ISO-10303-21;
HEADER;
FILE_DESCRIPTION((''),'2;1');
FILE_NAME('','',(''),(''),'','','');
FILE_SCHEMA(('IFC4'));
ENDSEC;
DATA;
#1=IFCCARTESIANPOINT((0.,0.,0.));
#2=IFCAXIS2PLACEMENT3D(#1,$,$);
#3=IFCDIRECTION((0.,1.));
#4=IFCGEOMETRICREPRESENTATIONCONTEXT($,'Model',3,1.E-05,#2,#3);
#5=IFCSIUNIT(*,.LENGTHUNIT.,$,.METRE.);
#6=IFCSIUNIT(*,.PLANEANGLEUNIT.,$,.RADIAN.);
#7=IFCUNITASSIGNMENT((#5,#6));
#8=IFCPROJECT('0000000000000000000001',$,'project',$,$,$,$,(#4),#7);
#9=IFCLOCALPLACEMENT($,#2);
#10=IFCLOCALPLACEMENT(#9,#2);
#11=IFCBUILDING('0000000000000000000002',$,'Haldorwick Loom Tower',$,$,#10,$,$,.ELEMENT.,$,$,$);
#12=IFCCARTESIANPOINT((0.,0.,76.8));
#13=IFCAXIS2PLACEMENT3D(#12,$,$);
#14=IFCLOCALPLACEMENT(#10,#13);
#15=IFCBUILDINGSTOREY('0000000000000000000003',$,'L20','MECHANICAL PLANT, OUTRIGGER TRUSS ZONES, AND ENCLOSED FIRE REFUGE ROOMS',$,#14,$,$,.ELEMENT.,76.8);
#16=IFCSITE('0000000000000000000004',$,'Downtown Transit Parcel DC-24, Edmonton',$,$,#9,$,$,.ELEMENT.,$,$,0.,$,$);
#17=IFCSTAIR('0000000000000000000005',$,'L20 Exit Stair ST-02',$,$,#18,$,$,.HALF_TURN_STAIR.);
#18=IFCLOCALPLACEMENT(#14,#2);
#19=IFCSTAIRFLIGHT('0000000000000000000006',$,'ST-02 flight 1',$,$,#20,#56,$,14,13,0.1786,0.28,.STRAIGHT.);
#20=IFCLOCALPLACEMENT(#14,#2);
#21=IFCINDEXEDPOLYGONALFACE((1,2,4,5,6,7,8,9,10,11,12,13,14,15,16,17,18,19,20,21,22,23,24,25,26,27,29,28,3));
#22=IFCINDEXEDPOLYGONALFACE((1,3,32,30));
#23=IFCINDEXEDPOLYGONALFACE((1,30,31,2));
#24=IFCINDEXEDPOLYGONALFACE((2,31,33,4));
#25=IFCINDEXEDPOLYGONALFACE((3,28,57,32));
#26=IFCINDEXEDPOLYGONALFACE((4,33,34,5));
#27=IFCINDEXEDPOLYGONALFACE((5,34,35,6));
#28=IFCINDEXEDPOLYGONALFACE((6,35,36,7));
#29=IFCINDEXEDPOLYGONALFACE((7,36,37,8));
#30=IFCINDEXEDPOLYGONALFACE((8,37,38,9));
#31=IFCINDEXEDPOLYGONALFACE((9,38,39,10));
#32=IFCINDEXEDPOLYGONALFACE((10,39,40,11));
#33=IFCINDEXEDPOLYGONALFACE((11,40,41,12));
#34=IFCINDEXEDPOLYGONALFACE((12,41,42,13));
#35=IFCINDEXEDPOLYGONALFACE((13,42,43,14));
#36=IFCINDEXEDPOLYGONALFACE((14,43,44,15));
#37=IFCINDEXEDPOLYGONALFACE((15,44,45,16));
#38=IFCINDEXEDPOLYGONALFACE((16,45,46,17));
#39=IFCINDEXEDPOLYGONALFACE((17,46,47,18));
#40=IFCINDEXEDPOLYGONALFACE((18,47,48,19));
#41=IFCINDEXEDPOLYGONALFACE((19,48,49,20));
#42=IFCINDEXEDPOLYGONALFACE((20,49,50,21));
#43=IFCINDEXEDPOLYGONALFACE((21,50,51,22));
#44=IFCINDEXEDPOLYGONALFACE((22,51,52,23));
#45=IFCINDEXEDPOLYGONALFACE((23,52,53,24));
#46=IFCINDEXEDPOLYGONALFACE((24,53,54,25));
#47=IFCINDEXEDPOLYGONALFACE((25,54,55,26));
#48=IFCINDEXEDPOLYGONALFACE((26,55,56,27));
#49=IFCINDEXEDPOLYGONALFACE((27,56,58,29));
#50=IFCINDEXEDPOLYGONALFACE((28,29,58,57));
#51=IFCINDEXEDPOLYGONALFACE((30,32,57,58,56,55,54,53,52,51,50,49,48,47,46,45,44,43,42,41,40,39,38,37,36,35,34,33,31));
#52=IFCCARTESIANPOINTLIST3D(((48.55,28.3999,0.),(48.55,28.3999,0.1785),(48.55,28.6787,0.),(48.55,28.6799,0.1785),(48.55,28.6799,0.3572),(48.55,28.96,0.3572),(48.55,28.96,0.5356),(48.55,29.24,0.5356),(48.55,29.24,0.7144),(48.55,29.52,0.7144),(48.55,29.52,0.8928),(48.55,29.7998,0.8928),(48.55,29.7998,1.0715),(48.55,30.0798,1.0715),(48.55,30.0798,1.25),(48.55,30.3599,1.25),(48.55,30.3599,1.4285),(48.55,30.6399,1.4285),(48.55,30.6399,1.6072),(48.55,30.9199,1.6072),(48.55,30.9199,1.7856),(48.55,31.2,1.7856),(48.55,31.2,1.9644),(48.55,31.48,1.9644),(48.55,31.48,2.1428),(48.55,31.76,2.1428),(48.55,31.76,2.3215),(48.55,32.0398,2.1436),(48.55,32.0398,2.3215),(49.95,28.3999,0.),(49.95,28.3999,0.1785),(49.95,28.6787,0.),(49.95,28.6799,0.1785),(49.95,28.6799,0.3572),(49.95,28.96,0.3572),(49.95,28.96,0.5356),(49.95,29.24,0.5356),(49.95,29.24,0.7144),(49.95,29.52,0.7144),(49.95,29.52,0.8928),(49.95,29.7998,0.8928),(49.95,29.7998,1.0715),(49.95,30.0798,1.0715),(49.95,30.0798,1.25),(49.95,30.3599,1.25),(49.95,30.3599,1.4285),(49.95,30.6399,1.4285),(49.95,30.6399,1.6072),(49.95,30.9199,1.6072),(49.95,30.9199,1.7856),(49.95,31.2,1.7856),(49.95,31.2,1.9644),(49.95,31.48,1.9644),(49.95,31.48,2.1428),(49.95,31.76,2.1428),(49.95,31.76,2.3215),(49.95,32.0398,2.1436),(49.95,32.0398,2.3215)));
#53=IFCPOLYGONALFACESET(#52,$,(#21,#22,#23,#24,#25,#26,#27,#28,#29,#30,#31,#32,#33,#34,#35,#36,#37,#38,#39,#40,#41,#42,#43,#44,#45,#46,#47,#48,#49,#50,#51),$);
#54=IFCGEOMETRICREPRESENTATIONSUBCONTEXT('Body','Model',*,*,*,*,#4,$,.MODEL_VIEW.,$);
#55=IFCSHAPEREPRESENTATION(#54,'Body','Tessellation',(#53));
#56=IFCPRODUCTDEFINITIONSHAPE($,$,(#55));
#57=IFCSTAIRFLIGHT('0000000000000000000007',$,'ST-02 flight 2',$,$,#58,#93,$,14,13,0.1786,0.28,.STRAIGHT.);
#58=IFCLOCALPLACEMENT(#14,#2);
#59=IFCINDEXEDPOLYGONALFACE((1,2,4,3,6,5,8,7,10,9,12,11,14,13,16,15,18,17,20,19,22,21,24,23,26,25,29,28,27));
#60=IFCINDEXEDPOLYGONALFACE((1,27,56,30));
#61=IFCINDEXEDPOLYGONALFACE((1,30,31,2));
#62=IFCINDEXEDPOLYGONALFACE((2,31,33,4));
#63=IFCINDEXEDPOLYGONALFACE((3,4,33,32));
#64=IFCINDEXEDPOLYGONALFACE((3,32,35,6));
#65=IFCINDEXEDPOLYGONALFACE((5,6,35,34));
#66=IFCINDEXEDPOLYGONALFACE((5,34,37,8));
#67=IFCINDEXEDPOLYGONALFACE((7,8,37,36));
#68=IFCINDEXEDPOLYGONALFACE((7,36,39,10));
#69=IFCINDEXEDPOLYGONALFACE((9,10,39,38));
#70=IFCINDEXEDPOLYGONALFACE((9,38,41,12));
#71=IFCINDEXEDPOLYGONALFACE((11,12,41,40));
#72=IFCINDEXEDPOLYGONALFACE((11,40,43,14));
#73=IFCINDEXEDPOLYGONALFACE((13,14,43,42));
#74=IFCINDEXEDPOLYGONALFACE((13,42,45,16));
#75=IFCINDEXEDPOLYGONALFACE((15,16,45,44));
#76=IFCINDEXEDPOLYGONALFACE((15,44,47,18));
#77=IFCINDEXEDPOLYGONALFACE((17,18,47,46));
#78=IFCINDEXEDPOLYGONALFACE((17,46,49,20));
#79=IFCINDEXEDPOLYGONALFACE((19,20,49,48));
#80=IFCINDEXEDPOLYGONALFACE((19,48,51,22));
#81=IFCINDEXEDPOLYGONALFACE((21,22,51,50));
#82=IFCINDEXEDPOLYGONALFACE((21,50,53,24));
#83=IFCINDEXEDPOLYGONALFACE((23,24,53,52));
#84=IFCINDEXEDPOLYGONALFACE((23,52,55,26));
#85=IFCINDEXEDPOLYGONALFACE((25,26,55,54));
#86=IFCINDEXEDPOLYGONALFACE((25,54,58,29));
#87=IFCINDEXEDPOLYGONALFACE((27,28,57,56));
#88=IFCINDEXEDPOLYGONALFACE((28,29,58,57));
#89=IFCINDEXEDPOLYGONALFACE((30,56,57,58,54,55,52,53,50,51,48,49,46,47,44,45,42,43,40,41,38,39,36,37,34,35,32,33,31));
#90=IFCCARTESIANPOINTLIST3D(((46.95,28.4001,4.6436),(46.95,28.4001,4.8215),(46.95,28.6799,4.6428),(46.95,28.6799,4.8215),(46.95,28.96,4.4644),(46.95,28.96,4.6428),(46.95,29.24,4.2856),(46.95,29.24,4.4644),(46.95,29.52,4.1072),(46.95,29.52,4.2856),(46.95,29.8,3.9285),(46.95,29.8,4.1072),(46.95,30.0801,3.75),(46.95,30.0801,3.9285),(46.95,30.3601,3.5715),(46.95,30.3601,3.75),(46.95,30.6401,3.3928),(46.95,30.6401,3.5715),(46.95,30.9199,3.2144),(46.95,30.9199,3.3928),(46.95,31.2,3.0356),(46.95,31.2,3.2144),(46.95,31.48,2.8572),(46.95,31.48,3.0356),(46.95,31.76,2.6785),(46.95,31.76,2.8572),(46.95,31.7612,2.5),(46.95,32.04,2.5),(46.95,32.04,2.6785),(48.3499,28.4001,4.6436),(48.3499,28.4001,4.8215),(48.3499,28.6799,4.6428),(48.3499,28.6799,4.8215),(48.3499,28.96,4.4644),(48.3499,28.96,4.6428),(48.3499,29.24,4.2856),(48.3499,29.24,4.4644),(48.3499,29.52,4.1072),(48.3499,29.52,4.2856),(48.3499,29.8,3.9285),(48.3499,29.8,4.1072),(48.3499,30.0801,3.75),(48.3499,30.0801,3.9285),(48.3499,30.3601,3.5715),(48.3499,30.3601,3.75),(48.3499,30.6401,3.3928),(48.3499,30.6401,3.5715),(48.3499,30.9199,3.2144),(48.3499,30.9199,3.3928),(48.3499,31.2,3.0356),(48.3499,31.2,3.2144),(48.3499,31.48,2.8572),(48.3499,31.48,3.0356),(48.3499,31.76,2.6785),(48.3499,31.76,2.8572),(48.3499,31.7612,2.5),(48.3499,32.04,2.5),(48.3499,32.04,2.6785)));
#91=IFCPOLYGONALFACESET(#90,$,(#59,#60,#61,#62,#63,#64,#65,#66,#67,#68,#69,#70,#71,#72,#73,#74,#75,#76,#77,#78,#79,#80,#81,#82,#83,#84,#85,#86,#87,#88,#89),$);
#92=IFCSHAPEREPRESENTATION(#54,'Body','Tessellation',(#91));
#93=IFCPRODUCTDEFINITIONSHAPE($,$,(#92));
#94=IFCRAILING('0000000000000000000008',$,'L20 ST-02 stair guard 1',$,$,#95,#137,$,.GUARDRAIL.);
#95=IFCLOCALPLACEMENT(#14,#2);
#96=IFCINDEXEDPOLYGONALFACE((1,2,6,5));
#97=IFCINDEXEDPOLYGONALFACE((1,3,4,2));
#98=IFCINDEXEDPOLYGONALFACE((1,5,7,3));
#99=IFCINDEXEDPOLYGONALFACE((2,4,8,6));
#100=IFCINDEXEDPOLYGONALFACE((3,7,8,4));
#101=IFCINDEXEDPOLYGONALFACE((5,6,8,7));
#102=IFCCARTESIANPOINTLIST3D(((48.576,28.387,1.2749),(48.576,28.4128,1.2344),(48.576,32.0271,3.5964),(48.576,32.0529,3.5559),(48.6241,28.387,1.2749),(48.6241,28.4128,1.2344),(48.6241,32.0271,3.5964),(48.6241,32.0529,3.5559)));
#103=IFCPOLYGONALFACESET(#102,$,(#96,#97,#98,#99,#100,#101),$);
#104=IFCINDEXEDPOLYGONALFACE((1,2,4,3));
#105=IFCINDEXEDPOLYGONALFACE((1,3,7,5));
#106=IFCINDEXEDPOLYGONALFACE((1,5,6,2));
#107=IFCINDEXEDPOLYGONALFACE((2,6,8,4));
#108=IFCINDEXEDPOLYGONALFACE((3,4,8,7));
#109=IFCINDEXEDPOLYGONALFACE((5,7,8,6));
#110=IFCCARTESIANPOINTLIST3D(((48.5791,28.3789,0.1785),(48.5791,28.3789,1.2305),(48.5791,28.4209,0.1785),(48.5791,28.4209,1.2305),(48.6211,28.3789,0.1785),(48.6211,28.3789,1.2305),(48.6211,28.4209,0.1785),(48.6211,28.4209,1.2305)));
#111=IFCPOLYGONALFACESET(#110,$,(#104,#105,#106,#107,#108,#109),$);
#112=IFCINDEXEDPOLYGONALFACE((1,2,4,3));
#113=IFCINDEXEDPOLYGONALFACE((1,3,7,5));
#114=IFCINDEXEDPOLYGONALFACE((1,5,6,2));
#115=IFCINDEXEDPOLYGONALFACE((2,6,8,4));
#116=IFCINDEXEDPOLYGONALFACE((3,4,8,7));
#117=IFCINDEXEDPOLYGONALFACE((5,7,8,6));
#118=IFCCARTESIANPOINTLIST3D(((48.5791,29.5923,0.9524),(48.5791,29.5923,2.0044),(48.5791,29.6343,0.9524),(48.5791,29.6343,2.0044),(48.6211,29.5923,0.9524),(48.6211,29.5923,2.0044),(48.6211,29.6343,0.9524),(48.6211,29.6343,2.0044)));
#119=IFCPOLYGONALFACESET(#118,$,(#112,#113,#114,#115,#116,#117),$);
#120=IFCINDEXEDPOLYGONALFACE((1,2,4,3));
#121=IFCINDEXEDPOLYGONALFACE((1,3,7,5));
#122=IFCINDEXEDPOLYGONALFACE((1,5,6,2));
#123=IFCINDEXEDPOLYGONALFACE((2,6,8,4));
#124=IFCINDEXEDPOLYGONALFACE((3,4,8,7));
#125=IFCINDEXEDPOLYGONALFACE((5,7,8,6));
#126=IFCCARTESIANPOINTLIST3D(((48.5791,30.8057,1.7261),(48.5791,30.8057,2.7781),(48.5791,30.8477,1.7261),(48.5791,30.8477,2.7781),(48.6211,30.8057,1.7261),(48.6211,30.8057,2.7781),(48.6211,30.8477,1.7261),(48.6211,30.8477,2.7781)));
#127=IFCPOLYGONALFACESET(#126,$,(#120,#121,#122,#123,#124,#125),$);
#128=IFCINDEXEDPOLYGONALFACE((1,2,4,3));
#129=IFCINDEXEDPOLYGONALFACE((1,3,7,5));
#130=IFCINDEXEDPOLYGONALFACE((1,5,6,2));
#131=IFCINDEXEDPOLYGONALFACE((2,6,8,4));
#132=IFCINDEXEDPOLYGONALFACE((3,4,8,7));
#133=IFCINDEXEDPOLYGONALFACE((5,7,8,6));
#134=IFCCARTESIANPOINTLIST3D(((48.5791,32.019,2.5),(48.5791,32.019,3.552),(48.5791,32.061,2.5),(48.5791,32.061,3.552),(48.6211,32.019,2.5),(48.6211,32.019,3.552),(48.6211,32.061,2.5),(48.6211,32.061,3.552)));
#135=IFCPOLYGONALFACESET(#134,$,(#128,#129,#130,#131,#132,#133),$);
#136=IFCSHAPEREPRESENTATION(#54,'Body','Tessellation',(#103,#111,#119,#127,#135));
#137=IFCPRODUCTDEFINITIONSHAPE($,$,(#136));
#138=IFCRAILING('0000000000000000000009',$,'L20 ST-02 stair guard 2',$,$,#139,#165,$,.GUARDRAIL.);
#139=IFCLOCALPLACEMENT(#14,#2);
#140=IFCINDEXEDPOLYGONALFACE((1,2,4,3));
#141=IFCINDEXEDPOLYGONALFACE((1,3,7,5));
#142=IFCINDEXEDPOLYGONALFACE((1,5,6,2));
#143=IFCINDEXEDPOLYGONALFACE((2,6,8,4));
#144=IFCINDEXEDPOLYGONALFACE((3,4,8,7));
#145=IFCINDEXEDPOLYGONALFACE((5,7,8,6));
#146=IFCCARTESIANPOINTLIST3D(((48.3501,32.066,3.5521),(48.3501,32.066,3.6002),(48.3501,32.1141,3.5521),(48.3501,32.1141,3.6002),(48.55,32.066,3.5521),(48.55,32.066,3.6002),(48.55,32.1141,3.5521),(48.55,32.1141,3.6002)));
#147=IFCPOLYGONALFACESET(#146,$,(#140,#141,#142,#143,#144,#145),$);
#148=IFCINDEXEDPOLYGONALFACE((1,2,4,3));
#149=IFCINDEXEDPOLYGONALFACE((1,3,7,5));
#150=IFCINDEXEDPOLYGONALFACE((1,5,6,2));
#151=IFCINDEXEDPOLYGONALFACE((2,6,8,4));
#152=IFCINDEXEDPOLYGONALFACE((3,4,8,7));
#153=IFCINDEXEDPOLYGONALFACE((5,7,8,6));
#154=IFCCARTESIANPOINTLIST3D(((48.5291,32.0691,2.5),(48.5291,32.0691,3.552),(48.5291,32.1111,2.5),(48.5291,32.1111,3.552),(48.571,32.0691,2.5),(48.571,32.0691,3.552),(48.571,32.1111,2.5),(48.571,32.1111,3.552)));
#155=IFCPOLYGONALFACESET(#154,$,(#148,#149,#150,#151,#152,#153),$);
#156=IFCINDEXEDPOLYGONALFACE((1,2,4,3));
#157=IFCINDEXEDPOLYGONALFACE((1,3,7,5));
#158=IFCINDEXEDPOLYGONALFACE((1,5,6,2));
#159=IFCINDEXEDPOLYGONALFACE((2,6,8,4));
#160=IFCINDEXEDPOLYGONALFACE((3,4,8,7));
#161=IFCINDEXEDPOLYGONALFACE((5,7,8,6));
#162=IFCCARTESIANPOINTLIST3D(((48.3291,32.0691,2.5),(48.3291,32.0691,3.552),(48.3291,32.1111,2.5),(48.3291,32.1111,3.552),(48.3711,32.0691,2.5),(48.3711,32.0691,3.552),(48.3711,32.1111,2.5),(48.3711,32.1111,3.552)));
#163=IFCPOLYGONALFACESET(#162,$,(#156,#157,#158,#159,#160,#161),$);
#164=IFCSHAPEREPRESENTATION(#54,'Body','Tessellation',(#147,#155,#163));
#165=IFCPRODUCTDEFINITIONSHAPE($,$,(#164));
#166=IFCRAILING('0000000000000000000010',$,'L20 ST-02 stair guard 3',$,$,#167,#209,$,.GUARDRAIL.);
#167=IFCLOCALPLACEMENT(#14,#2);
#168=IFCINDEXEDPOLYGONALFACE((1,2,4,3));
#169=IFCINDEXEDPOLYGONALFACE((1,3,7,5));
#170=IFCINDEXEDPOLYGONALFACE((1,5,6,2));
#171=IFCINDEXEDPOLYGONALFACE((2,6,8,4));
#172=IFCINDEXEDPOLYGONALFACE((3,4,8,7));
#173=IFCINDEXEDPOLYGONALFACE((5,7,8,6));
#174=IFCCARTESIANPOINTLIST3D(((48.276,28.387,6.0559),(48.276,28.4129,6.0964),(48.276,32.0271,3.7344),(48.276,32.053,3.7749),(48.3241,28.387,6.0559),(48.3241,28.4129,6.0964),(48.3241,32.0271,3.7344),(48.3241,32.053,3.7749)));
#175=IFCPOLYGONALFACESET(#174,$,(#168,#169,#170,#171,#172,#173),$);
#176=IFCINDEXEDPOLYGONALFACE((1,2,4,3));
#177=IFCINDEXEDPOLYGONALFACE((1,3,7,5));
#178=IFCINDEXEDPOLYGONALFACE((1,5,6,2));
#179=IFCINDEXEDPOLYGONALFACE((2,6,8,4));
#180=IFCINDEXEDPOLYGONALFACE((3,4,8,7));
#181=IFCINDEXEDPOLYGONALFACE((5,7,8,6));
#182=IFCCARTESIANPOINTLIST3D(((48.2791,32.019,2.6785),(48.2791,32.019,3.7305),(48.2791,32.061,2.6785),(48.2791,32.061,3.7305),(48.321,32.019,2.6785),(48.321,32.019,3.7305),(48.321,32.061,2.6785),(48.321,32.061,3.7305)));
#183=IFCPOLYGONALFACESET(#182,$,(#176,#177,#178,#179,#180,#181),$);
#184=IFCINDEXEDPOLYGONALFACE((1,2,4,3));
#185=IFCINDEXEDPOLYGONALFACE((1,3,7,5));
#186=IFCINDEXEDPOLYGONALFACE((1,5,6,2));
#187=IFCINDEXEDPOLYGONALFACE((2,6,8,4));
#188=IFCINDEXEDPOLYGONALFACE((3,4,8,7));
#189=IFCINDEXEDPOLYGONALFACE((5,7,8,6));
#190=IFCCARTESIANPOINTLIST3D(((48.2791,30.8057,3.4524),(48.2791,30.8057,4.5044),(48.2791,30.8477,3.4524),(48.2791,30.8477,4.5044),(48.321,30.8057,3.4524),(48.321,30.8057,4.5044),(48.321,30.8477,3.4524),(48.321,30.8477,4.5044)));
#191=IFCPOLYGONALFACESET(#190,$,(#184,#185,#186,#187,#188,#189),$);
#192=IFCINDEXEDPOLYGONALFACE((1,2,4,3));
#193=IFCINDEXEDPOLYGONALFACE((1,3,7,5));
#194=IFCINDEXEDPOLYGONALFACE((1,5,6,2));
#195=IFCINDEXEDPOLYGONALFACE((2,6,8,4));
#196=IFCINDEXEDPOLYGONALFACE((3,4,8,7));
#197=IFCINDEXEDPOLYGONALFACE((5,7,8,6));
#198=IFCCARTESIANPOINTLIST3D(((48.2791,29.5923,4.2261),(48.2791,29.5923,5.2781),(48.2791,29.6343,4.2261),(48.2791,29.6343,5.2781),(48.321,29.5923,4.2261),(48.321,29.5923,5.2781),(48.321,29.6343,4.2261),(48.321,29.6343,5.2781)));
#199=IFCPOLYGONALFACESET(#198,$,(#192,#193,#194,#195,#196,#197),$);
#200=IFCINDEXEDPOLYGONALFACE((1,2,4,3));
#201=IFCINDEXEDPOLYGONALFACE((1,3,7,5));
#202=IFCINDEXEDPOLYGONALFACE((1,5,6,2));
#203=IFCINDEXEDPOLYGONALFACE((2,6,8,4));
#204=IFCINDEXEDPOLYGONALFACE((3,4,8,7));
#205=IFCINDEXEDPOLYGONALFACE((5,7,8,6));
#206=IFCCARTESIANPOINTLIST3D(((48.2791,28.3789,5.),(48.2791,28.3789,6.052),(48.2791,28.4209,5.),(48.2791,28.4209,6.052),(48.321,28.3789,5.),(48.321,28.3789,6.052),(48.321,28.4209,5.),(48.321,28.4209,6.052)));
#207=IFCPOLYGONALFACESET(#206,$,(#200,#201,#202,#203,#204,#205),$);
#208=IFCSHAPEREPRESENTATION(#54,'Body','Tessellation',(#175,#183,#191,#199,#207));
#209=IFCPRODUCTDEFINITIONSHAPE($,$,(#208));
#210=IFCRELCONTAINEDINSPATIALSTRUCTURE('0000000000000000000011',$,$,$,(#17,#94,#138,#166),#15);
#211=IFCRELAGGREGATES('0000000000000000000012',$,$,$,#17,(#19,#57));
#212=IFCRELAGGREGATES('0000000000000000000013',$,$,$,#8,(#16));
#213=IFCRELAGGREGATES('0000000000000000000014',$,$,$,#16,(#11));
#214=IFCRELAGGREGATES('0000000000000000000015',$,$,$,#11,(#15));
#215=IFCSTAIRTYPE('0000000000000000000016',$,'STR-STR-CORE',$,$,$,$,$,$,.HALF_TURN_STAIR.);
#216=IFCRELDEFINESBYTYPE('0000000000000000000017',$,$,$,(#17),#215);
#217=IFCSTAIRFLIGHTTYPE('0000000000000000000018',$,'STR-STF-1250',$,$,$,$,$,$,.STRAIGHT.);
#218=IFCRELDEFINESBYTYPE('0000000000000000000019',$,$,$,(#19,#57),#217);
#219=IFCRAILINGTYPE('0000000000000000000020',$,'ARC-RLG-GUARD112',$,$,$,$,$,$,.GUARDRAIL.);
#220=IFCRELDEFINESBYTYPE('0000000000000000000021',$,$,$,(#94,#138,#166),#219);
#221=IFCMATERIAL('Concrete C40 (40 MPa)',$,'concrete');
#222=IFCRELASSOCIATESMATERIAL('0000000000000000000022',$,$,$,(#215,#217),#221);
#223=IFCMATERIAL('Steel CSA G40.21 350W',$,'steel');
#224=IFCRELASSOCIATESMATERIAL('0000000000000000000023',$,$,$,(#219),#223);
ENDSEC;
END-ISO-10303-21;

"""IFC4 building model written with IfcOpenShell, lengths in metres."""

from ifc_helpers import new_model, si_unit, direction, frame, origin, origin_2d, place, context, subcontext, project, spatial, polyline, rectangle, outline, extrude, material, type_object, element, aggregate, save


model = new_model("IFC4")

# Units and contexts
model_context = context("Model", 3, precision=1e-05, world=origin(), true_north=direction((0.0, 1.0)))
body_context = subcontext(model_context, "Body", "Model", "MODEL_VIEW")
ifc_project = project(units=[si_unit("LENGTHUNIT", "METRE"), si_unit("PLANEANGLEUNIT", "RADIAN")], contexts=[model_context])

# Site, building, storey
site_placement = place(None, origin())
site = spatial("IfcSite", under=ifc_project, at=site_placement, Name="Downtown Transit Parcel DC-24, Edmonton", CompositionType="ELEMENT", RefElevation=0.0)
building_placement = place(site_placement, origin())
building = spatial("IfcBuilding", under=site, at=building_placement, Name="Haldorwick Loom Tower", CompositionType="ELEMENT")
storey_placement = place(building_placement, frame((0.0, 0.0, 76.8)))
storey = spatial("IfcBuildingStorey", under=building, at=storey_placement, Name="L20", Description="MECHANICAL PLANT, OUTRIGGER TRUSS ZONES, AND ENCLOSED FIRE REFUGE ROOMS", CompositionType="ELEMENT", Elevation=76.8)

# Shared definitions
ifc_material_1 = material(Name="Steel CSA G40.21 350W", Category="steel")

# Stair, stair flights
ifc_material_2 = material(Name="Concrete C40 (40 MPa)", Category="concrete")
stair_type = type_object("IfcStairType", Name="STR-STR-CORE", PredefinedType="HALF_TURN_STAIR", material=ifc_material_2)
stair_placement = place(storey_placement, origin())
stair = element("IfcStair", 1, at=stair_placement, inside=storey, type_object=stair_type, Name="L20 Exit Stair ST-02", PredefinedType="HALF_TURN_STAIR")
stair_flight_type = type_object("IfcStairFlightType", Name="STR-STF-1250", PredefinedType="STRAIGHT", material=ifc_material_2)
stair_flight_1_placement = place(storey_placement, frame((49.25, 28.3999, 0.0), z_axis=(0.0, 0.0, 1.0), x_axis=(0.0, 1.0, 0.0)))
stair_flight_1 = element("IfcStairFlight", 2, at=stair_flight_1_placement, type_object=stair_flight_type, Name="ST-02 flight 1", NumberOfRisers=14, NumberOfTreads=13, PredefinedType="STRAIGHT", RiserHeight=0.1786, TreadLength=0.28, context=body_context, shape_type="SweptSolid", body=[
    extrude(outline(polyline([(0.0, 0.0), (0.0, 0.1785), (0.28, 0.1785), (0.28, 0.3572), (0.5601, 0.3572), (0.5601, 0.5356), (0.8401, 0.5356), (0.8401, 0.7144), (1.1201, 0.7144), (1.1201, 0.8928), (1.3999, 0.8928), (1.3999, 1.0715), (1.6799, 1.0715), (1.6799, 1.25), (1.96, 1.25), (1.96, 1.4285), (2.24, 1.4285), (2.24, 1.6072), (2.52, 1.6072), (2.52, 1.7856), (2.8, 1.7856), (2.8, 1.9644), (3.0801, 1.9644), (3.0801, 2.1428), (3.3601, 2.1428), (3.3601, 2.3215), (3.6399, 2.3215), (3.6399, 2.5), (3.6399, 2.1436), (0.2788, 0.0), (0.0, 0.0)])), frame((0.0, 0.7, 0.0), z_axis=(0.0, -1.0, 0.0), x_axis=(1.0, 0.0, 0.0)), (0.0, 0.0, 1.0), 1.3999),
])
stair_flight_2_placement = place(storey_placement, frame((47.6499, 32.04, 2.5), z_axis=(0.0, 0.0, 1.0), x_axis=(0.0, -1.0, 0.0)))
stair_flight_2 = element("IfcStairFlight", 3, at=stair_flight_2_placement, type_object=stair_flight_type, Name="ST-02 flight 2", NumberOfRisers=14, NumberOfTreads=13, PredefinedType="STRAIGHT", RiserHeight=0.1786, TreadLength=0.28, context=body_context, shape_type="SweptSolid", body=[
    extrude(outline(polyline([(0.0, 0.0), (0.0, 0.1785), (0.28, 0.1785), (0.28, 0.3572), (0.5601, 0.3572), (0.5601, 0.5356), (0.8401, 0.5356), (0.8401, 0.7144), (1.1201, 0.7144), (1.1201, 0.8928), (1.3999, 0.8928), (1.3999, 1.0715), (1.6799, 1.0715), (1.6799, 1.25), (1.96, 1.25), (1.96, 1.4285), (2.24, 1.4285), (2.24, 1.6072), (2.52, 1.6072), (2.52, 1.7856), (2.8, 1.7856), (2.8, 1.9644), (3.0801, 1.9644), (3.0801, 2.1428), (3.3601, 2.1428), (3.3601, 2.3215), (3.6399, 2.3215), (3.6399, 2.5), (3.6399, 2.1436), (0.2788, 0.0), (0.0, 0.0)])), frame((0.0, 0.7, 0.0), z_axis=(0.0, -1.0, 0.0), x_axis=(1.0, 0.0, 0.0)), (0.0, 0.0, 1.0), 1.3999),
])
aggregate(stair, [stair_flight_1, stair_flight_2])

# Railings
railing_type_1 = type_object("IfcRailingType", Name="ARC-RLG-GUARD112", PredefinedType="GUARDRAIL", material=ifc_material_1)
railing_1_placement = place(storey_placement, frame((48.6001, 28.3999, 0.1785)))
element("IfcRailing", 4, at=railing_1_placement, inside=storey, type_object=railing_type_1, Name="L20 ST-02 stair guard 1", PredefinedType="GUARDRAIL", context=body_context, shape_type="SweptSolid", body=[
    extrude(rectangle(XDim=0.0481, YDim=0.0481, at=origin_2d()), frame((0.0, 0.0, 1.0762), z_axis=(0.0, 0.843128, 0.537713), x_axis=(-1.0, 0.0, 0.0)), (0.0, 0.0, 1.0), 4.3174),
    extrude(rectangle(XDim=0.042, YDim=0.042, at=origin_2d()), origin(), (0.0, 0.0, 1.0), 1.052),
    extrude(rectangle(XDim=0.042, YDim=0.042, at=origin_2d()), frame((0.0, 1.2134, 0.7739)), (0.0, 0.0, 1.0), 1.052),
    extrude(rectangle(XDim=0.042, YDim=0.042, at=origin_2d()), frame((0.0, 2.4268, 1.5476)), (0.0, 0.0, 1.0), 1.052),
    extrude(rectangle(XDim=0.042, YDim=0.042, at=origin_2d()), frame((0.0, 3.6401, 2.3215)), (0.0, 0.0, 1.0), 1.052),
])
railing_2_placement = place(storey_placement, frame((48.55, 32.0901, 2.5)))
element("IfcRailing", 5, at=railing_2_placement, inside=storey, type_object=railing_type_1, Name="L20 ST-02 stair guard 2", PredefinedType="GUARDRAIL", context=body_context, shape_type="SweptSolid", body=[
    extrude(rectangle(XDim=0.0481, YDim=0.0481, at=origin_2d()), frame((0.0, 0.0, 1.0762), z_axis=(-1.0, 0.0, 0.0), x_axis=(0.0, -1.0, 0.0)), (0.0, 0.0, 1.0), 0.2),
    extrude(rectangle(XDim=0.042, YDim=0.042, at=origin_2d()), origin(), (0.0, 0.0, 1.0), 1.052),
    extrude(rectangle(XDim=0.042, YDim=0.042, at=origin_2d()), frame((-0.2, 0.0, 0.0)), (0.0, 0.0, 1.0), 1.052),
])
railing_3_placement = place(storey_placement, frame((48.3, 32.04, 2.6785)))
element("IfcRailing", 6, at=railing_3_placement, inside=storey, type_object=railing_type_1, Name="L20 ST-02 stair guard 3", PredefinedType="GUARDRAIL", context=body_context, shape_type="SweptSolid", body=[
    extrude(rectangle(XDim=0.0481, YDim=0.0481, at=origin_2d()), frame((0.0, 0.0, 1.0762), z_axis=(0.0, -0.843128, 0.537713), x_axis=(1.0, 0.0, 0.0)), (0.0, 0.0, 1.0), 4.3174),
    extrude(rectangle(XDim=0.042, YDim=0.042, at=origin_2d()), origin(), (0.0, 0.0, 1.0), 1.052),
    extrude(rectangle(XDim=0.042, YDim=0.042, at=origin_2d()), frame((0.0, -1.2134, 0.7739)), (0.0, 0.0, 1.0), 1.052),
    extrude(rectangle(XDim=0.042, YDim=0.042, at=origin_2d()), frame((0.0, -2.4268, 1.5476)), (0.0, 0.0, 1.0), 1.052),
    extrude(rectangle(XDim=0.042, YDim=0.042, at=origin_2d()), frame((0.0, -3.6401, 2.3215)), (0.0, 0.0, 1.0), 1.052),
])

save(model, "model.ifc")
